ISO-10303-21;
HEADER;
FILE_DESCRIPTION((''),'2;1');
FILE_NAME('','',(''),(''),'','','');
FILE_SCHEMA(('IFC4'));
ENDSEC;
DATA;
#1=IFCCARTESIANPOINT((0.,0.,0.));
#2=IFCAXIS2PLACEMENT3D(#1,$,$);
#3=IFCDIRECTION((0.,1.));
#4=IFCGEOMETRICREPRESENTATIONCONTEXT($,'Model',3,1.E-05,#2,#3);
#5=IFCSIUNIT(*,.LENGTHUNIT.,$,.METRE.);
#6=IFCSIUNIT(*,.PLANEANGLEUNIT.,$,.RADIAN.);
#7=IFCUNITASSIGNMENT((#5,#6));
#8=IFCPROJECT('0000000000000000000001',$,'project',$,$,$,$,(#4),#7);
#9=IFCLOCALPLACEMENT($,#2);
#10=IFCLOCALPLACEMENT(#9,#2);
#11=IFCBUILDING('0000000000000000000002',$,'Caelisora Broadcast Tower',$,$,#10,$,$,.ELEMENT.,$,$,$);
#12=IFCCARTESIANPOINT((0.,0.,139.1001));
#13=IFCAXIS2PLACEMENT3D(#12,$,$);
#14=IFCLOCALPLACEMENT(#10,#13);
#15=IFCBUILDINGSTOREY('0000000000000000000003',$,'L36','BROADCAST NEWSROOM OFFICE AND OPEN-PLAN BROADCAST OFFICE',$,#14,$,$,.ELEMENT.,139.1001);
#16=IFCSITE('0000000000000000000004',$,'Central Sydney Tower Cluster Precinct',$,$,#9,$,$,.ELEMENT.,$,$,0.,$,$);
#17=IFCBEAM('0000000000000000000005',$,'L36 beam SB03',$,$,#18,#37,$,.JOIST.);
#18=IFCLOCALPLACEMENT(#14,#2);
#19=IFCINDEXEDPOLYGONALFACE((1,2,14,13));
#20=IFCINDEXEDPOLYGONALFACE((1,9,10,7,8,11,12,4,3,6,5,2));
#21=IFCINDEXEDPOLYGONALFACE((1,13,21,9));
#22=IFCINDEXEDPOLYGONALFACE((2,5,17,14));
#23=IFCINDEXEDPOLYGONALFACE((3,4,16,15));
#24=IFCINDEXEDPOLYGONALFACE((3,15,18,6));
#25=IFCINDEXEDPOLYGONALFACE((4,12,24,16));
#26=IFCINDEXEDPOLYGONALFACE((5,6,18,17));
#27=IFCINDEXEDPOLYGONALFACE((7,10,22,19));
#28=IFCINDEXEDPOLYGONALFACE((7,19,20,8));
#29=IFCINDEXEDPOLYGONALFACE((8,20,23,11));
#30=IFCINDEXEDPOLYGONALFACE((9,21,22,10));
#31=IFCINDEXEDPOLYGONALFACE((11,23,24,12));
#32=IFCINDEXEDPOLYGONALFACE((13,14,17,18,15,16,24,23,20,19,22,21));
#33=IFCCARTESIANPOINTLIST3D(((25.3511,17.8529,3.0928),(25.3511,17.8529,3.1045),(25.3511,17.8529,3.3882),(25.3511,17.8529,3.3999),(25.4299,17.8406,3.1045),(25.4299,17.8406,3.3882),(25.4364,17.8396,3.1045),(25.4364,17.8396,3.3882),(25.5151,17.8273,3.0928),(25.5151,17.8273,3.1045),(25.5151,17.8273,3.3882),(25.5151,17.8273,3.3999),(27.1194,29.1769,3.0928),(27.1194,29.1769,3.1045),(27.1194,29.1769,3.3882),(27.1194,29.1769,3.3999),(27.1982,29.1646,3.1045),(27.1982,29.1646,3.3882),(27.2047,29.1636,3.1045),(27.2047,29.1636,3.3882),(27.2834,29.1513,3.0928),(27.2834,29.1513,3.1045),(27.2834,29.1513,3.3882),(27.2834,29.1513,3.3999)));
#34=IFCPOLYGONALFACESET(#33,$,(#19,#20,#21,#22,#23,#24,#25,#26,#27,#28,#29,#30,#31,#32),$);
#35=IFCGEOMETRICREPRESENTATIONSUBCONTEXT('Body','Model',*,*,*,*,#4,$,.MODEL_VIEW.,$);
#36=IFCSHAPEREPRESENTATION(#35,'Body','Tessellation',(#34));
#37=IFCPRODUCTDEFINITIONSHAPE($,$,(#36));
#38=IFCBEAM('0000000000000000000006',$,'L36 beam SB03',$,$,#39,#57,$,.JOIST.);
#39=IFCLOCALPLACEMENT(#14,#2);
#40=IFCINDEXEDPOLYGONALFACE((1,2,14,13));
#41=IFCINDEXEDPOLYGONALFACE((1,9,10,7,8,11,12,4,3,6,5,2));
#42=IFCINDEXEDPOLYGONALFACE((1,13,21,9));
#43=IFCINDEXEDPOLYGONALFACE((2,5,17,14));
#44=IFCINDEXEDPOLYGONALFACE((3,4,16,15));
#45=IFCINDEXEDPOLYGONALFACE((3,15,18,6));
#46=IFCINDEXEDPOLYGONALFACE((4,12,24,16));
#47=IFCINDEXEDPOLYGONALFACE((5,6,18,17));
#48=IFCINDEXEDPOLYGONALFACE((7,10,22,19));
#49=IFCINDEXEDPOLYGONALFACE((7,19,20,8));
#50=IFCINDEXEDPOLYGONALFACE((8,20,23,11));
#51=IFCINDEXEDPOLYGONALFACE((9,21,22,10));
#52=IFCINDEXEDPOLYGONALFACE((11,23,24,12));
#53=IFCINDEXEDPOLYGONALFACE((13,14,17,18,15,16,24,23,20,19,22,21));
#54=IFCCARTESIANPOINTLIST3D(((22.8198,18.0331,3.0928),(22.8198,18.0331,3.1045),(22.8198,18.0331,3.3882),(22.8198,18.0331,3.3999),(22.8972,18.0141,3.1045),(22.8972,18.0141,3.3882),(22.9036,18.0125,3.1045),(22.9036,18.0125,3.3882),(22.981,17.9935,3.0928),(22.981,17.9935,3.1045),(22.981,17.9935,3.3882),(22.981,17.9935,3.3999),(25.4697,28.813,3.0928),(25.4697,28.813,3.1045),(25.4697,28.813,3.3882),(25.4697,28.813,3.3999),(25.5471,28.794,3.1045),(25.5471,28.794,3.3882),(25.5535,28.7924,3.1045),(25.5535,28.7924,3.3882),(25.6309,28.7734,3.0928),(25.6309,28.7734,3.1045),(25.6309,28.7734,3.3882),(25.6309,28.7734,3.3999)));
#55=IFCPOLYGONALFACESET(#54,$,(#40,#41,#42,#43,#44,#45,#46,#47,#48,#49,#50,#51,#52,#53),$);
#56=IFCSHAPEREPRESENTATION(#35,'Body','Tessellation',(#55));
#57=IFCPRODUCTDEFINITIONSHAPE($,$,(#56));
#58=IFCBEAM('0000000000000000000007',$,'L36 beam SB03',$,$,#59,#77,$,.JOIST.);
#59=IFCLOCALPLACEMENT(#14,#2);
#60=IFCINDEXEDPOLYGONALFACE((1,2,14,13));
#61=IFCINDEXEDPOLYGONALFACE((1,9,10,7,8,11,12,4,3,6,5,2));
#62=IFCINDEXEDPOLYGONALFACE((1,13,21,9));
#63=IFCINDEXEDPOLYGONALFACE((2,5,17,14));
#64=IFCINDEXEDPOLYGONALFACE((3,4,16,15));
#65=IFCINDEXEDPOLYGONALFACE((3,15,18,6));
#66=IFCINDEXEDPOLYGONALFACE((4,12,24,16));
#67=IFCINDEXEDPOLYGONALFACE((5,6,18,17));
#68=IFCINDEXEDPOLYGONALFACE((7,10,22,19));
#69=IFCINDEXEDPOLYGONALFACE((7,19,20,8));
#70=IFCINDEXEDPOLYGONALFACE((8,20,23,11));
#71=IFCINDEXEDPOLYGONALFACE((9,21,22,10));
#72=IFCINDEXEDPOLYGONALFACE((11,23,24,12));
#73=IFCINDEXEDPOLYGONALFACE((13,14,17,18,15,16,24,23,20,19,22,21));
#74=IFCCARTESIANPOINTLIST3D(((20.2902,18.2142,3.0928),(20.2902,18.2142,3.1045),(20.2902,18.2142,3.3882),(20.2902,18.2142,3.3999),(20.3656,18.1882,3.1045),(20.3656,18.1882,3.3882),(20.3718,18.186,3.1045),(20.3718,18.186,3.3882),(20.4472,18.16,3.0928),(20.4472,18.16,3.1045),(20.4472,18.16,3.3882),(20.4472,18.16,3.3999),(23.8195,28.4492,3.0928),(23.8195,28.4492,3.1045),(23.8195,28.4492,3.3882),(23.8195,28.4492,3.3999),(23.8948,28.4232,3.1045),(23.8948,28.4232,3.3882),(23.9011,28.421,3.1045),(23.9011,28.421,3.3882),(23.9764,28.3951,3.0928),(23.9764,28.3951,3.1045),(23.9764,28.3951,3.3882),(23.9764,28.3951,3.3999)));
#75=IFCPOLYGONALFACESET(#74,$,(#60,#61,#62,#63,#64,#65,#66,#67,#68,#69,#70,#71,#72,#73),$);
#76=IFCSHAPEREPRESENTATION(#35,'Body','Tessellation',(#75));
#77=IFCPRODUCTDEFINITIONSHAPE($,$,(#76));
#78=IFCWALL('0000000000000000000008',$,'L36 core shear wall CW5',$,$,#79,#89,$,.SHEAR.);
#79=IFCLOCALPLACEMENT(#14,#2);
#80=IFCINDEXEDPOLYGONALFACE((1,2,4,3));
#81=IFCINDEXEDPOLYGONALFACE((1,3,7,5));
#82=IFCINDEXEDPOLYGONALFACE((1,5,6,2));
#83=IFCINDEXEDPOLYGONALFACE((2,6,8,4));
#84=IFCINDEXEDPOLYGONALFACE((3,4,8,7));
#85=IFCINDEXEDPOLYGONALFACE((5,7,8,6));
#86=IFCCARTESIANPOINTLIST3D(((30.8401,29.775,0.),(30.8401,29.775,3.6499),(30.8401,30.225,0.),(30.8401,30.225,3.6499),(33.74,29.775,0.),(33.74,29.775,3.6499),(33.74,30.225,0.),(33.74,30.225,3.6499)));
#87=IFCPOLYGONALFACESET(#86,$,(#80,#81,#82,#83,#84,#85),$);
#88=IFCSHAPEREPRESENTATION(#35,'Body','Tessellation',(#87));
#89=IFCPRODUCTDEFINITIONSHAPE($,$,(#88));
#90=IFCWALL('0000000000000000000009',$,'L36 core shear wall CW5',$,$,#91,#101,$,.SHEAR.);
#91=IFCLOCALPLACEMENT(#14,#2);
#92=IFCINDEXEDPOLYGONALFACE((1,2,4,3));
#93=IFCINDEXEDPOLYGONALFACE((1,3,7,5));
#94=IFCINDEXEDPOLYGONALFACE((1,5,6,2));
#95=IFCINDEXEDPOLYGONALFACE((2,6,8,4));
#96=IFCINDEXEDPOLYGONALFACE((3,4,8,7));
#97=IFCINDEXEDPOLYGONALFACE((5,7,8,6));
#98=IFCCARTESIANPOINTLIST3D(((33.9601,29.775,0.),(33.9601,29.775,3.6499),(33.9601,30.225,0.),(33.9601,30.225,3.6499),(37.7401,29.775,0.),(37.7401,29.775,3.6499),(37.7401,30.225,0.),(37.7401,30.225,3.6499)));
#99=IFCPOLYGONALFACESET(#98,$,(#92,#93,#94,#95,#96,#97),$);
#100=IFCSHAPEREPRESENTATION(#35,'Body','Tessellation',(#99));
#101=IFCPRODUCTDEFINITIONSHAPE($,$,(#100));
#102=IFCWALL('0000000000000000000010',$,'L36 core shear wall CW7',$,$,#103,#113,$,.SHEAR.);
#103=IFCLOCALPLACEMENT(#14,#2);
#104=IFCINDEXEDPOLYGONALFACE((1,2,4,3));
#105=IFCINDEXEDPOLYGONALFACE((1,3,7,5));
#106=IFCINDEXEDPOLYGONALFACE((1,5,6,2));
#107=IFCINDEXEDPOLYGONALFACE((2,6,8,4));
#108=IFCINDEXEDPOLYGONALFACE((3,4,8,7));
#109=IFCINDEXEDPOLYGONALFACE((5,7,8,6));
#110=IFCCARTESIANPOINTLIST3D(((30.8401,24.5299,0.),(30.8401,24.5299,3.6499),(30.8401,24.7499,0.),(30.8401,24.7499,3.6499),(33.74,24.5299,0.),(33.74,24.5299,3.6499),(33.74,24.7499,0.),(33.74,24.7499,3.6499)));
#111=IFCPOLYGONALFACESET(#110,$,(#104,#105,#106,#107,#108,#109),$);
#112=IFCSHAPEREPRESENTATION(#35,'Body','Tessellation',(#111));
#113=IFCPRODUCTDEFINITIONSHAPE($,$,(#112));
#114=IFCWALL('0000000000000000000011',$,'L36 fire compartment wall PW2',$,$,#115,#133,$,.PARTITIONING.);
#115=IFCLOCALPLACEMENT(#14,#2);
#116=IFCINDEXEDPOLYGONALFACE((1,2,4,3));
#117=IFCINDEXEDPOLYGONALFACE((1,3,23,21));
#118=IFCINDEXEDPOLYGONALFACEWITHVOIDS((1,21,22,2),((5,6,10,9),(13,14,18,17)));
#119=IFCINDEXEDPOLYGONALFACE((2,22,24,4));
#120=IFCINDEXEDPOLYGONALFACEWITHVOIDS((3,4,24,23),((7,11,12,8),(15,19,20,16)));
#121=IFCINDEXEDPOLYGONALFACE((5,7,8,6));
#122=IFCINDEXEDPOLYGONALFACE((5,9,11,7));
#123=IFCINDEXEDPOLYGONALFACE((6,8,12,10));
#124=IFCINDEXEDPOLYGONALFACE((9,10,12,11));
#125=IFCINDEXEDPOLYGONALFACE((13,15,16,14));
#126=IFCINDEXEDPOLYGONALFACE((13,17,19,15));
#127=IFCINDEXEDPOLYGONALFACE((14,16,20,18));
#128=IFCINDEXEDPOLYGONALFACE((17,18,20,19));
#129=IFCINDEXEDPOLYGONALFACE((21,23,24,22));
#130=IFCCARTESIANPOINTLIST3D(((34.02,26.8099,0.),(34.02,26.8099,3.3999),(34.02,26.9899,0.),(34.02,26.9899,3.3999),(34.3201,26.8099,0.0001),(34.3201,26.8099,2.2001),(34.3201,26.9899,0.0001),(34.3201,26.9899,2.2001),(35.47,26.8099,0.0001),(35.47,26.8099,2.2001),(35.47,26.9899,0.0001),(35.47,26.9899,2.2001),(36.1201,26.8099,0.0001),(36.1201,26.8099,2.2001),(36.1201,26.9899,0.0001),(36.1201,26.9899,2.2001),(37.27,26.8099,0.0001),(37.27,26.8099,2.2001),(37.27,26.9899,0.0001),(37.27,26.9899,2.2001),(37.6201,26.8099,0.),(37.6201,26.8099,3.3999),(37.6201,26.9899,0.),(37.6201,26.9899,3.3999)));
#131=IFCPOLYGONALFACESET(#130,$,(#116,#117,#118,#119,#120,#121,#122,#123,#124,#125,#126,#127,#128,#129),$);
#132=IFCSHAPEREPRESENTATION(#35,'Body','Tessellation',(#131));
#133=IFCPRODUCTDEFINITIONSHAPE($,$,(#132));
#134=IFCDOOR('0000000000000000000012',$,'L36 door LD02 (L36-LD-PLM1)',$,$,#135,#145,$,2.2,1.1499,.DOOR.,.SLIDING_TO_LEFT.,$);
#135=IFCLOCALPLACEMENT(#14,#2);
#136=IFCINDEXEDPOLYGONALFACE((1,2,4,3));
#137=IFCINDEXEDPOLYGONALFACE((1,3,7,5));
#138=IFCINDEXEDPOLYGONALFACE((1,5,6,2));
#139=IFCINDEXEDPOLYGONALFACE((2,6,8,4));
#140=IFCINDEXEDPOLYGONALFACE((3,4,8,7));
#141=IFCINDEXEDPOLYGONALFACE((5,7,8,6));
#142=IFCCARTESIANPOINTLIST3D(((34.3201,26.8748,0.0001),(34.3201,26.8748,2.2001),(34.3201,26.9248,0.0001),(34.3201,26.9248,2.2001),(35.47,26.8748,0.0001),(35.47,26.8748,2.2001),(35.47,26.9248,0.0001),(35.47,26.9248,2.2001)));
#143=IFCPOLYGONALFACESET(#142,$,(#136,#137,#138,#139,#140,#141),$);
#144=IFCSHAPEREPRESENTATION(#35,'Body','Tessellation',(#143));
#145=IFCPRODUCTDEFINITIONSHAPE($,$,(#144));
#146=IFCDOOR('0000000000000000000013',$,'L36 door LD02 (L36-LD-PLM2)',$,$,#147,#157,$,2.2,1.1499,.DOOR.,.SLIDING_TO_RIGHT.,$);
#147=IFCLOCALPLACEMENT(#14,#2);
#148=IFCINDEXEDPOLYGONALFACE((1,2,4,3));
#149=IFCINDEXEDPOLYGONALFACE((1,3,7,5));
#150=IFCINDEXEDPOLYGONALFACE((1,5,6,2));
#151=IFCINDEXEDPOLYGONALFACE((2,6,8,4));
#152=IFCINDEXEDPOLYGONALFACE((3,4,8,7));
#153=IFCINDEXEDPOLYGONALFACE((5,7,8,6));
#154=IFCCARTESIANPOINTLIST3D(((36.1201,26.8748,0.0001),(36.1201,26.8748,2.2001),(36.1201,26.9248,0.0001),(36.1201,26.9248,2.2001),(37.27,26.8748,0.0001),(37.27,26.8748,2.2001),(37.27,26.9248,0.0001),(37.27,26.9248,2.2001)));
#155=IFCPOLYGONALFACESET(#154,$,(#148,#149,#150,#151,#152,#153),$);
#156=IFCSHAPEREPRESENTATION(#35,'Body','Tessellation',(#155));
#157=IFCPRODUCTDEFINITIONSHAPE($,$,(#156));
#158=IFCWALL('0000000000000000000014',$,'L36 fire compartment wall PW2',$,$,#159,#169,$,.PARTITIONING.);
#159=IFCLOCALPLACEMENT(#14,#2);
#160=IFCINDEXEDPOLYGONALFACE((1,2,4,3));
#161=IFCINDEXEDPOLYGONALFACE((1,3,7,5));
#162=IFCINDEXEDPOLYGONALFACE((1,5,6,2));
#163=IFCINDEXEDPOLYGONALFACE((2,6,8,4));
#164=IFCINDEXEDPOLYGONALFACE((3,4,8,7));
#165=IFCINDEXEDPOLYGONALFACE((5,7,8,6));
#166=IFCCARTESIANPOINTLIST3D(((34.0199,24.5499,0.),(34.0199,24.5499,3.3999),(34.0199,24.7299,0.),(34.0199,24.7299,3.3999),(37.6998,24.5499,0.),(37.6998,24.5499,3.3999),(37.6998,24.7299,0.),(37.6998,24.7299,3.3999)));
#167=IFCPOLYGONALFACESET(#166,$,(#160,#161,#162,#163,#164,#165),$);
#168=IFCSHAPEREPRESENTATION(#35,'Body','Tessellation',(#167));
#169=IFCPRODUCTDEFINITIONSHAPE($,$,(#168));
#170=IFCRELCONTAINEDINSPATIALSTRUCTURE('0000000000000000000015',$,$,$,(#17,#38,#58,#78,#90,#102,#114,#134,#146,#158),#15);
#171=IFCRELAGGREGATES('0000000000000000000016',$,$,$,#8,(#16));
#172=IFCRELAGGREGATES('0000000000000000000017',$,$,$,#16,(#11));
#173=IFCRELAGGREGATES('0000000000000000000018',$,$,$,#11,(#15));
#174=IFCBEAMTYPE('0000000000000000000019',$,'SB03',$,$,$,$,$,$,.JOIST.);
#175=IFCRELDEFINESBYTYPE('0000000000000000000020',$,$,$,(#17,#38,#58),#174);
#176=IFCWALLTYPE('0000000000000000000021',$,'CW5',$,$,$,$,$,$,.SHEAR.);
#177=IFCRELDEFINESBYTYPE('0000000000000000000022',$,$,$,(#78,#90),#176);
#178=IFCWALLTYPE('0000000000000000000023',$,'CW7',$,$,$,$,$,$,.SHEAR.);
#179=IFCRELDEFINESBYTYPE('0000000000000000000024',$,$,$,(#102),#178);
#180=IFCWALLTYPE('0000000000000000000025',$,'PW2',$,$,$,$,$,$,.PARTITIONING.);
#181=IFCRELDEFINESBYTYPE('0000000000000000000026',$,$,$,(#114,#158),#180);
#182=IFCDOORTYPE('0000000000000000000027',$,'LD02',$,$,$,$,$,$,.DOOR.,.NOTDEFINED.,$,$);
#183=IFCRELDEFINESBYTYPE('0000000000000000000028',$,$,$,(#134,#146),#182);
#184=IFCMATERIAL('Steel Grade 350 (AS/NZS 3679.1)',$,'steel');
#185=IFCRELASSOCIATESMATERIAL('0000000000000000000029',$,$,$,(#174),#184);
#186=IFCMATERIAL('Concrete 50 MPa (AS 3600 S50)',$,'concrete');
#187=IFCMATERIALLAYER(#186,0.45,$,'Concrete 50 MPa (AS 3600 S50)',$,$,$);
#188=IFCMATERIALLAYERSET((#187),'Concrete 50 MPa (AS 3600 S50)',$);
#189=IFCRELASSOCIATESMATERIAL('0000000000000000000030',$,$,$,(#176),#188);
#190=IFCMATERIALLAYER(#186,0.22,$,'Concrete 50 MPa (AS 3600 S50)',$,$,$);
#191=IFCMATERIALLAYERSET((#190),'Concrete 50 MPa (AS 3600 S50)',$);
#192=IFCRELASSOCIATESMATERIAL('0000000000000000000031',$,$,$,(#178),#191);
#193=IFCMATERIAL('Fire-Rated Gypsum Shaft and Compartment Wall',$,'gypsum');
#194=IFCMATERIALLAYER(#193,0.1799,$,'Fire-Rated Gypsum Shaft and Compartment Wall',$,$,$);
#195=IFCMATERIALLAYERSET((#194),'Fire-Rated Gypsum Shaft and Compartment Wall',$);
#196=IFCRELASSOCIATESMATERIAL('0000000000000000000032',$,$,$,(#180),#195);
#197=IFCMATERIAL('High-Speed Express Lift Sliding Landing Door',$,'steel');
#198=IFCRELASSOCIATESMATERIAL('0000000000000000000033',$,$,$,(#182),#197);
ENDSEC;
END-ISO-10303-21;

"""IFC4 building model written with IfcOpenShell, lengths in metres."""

from ifc_helpers import new_model, si_unit, direction, frame, frame_2d, origin, origin_2d, place, context, subcontext, project, spatial, rectangle, i_section, extrude, source, transform, mapped, material, layer, layer_set, material_profile, profile_set, type_object, element, fill, save


model = new_model("IFC4")

# Units and contexts
model_context = context("Model", 3, precision=1e-05, world=origin(), true_north=direction((0.0, 1.0)))
body_context = subcontext(model_context, "Body", "Model", "MODEL_VIEW")
ifc_project = project(units=[si_unit("LENGTHUNIT", "METRE"), si_unit("PLANEANGLEUNIT", "RADIAN")], contexts=[model_context])

# Site, building, storey
site_placement = place(None, origin())
site = spatial("IfcSite", under=ifc_project, at=site_placement, Name="Central Sydney Tower Cluster Precinct", CompositionType="ELEMENT", RefElevation=0.0)
building_placement = place(site_placement, origin())
building = spatial("IfcBuilding", under=site, at=building_placement, Name="Caelisora Broadcast Tower", CompositionType="ELEMENT")
storey_placement = place(building_placement, frame((0.0, 0.0, 139.1001)))
storey = spatial("IfcBuildingStorey", under=building, at=storey_placement, Name="L36", Description="BROADCAST NEWSROOM OFFICE AND OPEN-PLAN BROADCAST OFFICE", CompositionType="ELEMENT", Elevation=139.1001)

# Beams
ifc_material_1 = material(Name="Steel Grade 350 (AS/NZS 3679.1)", Category="steel")
ifc_material_profile_1 = material_profile(ifc_material_1, i_section(OverallWidth=0.166, OverallDepth=0.3071, WebThickness=0.0066, FlangeThickness=0.0117, at=origin_2d()), Name="Steel Grade 350 (AS/NZS 3679.1)")
ifc_profile_set_1 = profile_set([ifc_material_profile_1], Name="Steel Grade 350 (AS/NZS 3679.1)")
beam_type_1 = type_object("IfcBeamType", Name="SB03", PredefinedType="JOIST", material=ifc_profile_set_1)
shared_shape_1 = source(origin(), body_context, "Body", "SweptSolid", [
    extrude(i_section(OverallWidth=0.166, OverallDepth=0.3071, WebThickness=0.0066, FlangeThickness=0.0117, at=origin_2d()), origin(), (0.0, 0.0, 1.0), 11.4612),
])
beam_1_placement = place(storey_placement, frame((27.2014, 29.1641, 3.2463), z_axis=(-0.154287, -0.988026, 0.0), x_axis=(0.988026, -0.154287, 0.0)))
element("IfcBeam", 1, at=beam_1_placement, inside=storey, type_object=beam_type_1, Name="L36 beam SB03", PredefinedType="JOIST", context=body_context, shape_type="MappedRepresentation", body=[
    mapped(shared_shape_1, transform((0.0, 0.0, 0.0), scale=1.0)),
])
shared_shape_2 = source(origin(), body_context, "Body", "SweptSolid", [
    extrude(i_section(OverallWidth=0.166, OverallDepth=0.3071, WebThickness=0.0066, FlangeThickness=0.0117, at=origin_2d()), origin(), (0.0, 0.0, 1.0), 11.1008),
])
beam_2_placement = place(storey_placement, frame((25.5503, 28.7932, 3.2463), z_axis=(-0.238715, -0.97109, 0.0), x_axis=(0.97109, -0.238715, 0.0)))
element("IfcBeam", 2, at=beam_2_placement, inside=storey, type_object=beam_type_1, Name="L36 beam SB03", PredefinedType="JOIST", context=body_context, shape_type="MappedRepresentation", body=[
    mapped(shared_shape_2, transform((0.0, 0.0, 0.0), scale=1.0)),
])
shared_shape_3 = source(origin(), body_context, "Body", "SweptSolid", [
    extrude(i_section(OverallWidth=0.166, OverallDepth=0.3071, WebThickness=0.0066, FlangeThickness=0.0117, at=origin_2d()), origin(), (0.0, 0.0, 1.0), 10.8264),
])
beam_3_placement = place(storey_placement, frame((23.8979, 28.4221, 3.2463), z_axis=(-0.325987, -0.945374, 0.0), x_axis=(0.945374, -0.325987, 0.0)))
element("IfcBeam", 3, at=beam_3_placement, inside=storey, type_object=beam_type_1, Name="L36 beam SB03", PredefinedType="JOIST", context=body_context, shape_type="MappedRepresentation", body=[
    mapped(shared_shape_3, transform((0.0, 0.0, 0.0), scale=1.0)),
])

# Walls
ifc_material_2 = material(Name="Concrete 50 MPa (AS 3600 S50)", Category="concrete")
ifc_layer_1 = layer(ifc_material_2, 0.45, Name="Concrete 50 MPa (AS 3600 S50)")
ifc_layer_set_1 = layer_set([ifc_layer_1], Name="Concrete 50 MPa (AS 3600 S50)")
wall_type_1 = type_object("IfcWallType", Name="CW5", PredefinedType="SHEAR", material=ifc_layer_set_1)
wall_1_placement = place(storey_placement, frame((30.8401, 30.0, 0.0), z_axis=(0.0, 0.0, 1.0), x_axis=(1.0, 0.0, 0.0)))
element("IfcWall", 4, at=wall_1_placement, inside=storey, type_object=wall_type_1, Name="L36 core shear wall CW5", PredefinedType="SHEAR", context=body_context, shape_type="SweptSolid", body=[
    extrude(rectangle(XDim=2.8999, YDim=0.45, at=frame_2d((1.45, 0.0))), origin(), (0.0, 0.0, 1.0), 3.6499),
])
wall_2_placement = place(storey_placement, frame((33.96, 30.0, 0.0), z_axis=(0.0, 0.0, 1.0), x_axis=(1.0, 0.0, 0.0)))
element("IfcWall", 5, at=wall_2_placement, inside=storey, type_object=wall_type_1, Name="L36 core shear wall CW5", PredefinedType="SHEAR", context=body_context, shape_type="SweptSolid", body=[
    extrude(rectangle(XDim=3.78, YDim=0.45, at=frame_2d((1.8901, 0.0))), origin(), (0.0, 0.0, 1.0), 3.6499),
])
ifc_layer_2 = layer(ifc_material_2, 0.22, Name="Concrete 50 MPa (AS 3600 S50)")
ifc_layer_set_2 = layer_set([ifc_layer_2], Name="Concrete 50 MPa (AS 3600 S50)")
wall_type_2 = type_object("IfcWallType", Name="CW7", PredefinedType="SHEAR", material=ifc_layer_set_2)
wall_3_placement = place(storey_placement, frame((30.8401, 24.6399, 0.0), z_axis=(0.0, 0.0, 1.0), x_axis=(1.0, 0.0, 0.0)))
element("IfcWall", 6, at=wall_3_placement, inside=storey, type_object=wall_type_2, Name="L36 core shear wall CW7", PredefinedType="SHEAR", context=body_context, shape_type="SweptSolid", body=[
    extrude(rectangle(XDim=2.8999, YDim=0.22, at=frame_2d((1.45, 0.0))), origin(), (0.0, 0.0, 1.0), 3.6499),
])

# Wall, openings, doors
ifc_material_3 = material(Name="Fire-Rated Gypsum Shaft and Compartment Wall", Category="gypsum")
ifc_layer_3 = layer(ifc_material_3, 0.1799, Name="Fire-Rated Gypsum Shaft and Compartment Wall")
ifc_layer_set_3 = layer_set([ifc_layer_3], Name="Fire-Rated Gypsum Shaft and Compartment Wall")
wall_type_3 = type_object("IfcWallType", Name="PW2", PredefinedType="PARTITIONING", material=ifc_layer_set_3)
wall_4_placement = place(storey_placement, frame((34.02, 26.8999, 0.0), z_axis=(0.0, 0.0, 1.0), x_axis=(1.0, 0.0, 0.0)))
wall_4 = element("IfcWall", 7, at=wall_4_placement, inside=storey, type_object=wall_type_3, Name="L36 fire compartment wall PW2", PredefinedType="PARTITIONING", context=body_context, shape_type="SweptSolid", body=[
    extrude(rectangle(XDim=3.6001, YDim=0.1799, at=frame_2d((1.8, 0.0))), origin(), (0.0, 0.0, 1.0), 3.3999),
])
opening_1_placement = place(wall_4_placement, frame((0.3, 0.0, 0.0)))
opening_1 = element("IfcOpeningElement", 8, at=opening_1_placement, cuts=wall_4, PredefinedType="OPENING", context=body_context, shape_type="SweptSolid", body=[
    extrude(rectangle(XDim=1.1499, YDim=2.2, at=frame_2d((0.575, 1.1001))), frame((0.0, 0.1021, 0.0), z_axis=(0.0, -1.0, 0.0), x_axis=(1.0, 0.0, 0.0)), (0.0, 0.0, 1.0), 0.2039),
])
opening_2_placement = place(wall_4_placement, frame((2.1001, 0.0, 0.0)))
opening_2 = element("IfcOpeningElement", 9, at=opening_2_placement, cuts=wall_4, PredefinedType="OPENING", context=body_context, shape_type="SweptSolid", body=[
    extrude(rectangle(XDim=1.1499, YDim=2.2, at=frame_2d((0.575, 1.1001))), frame((0.0, 0.1021, 0.0), z_axis=(0.0, -1.0, 0.0), x_axis=(1.0, 0.0, 0.0)), (0.0, 0.0, 1.0), 0.2039),
])
ifc_material_4 = material(Name="High-Speed Express Lift Sliding Landing Door", Category="steel")
door_type_1 = type_object("IfcDoorType", Name="LD02", OperationType="NOTDEFINED", PredefinedType="DOOR", material=ifc_material_4)
door_1_placement = place(opening_1_placement, origin())
door_1 = element("IfcDoor", 10, at=door_1_placement, inside=storey, type_object=door_type_1, Name="L36 door LD02 (L36-LD-PLM1)", OperationType="SLIDING_TO_LEFT", OverallHeight=2.2, OverallWidth=1.1499, PredefinedType="DOOR", context=body_context, shape_type="SweptSolid", body=[
    extrude(rectangle(XDim=1.1499, YDim=2.2, at=frame_2d((0.575, 1.1001))), frame((0.0, 0.0249, 0.0), z_axis=(0.0, -1.0, 0.0), x_axis=(1.0, 0.0, 0.0)), (0.0, 0.0, 1.0), 0.05),
])
fill(opening_1, door_1)
door_2_placement = place(opening_2_placement, origin())
door_2 = element("IfcDoor", 11, at=door_2_placement, inside=storey, type_object=door_type_1, Name="L36 door LD02 (L36-LD-PLM2)", OperationType="SLIDING_TO_RIGHT", OverallHeight=2.2, OverallWidth=1.1499, PredefinedType="DOOR", context=body_context, shape_type="SweptSolid", body=[
    extrude(rectangle(XDim=1.1499, YDim=2.2, at=frame_2d((0.575, 1.1001))), frame((0.0, 0.0249, 0.0), z_axis=(0.0, -1.0, 0.0), x_axis=(1.0, 0.0, 0.0)), (0.0, 0.0, 1.0), 0.05),
])
fill(opening_2, door_2)

# Wall
wall_5_placement = place(storey_placement, frame((34.02, 24.6399, 0.0), z_axis=(0.0, 0.0, 1.0), x_axis=(1.0, 0.0, 0.0)))
element("IfcWall", 12, at=wall_5_placement, inside=storey, type_object=wall_type_3, Name="L36 fire compartment wall PW2", PredefinedType="PARTITIONING", context=body_context, shape_type="SweptSolid", body=[
    extrude(rectangle(XDim=3.6799, YDim=0.1799, at=frame_2d((1.8398, 0.0))), origin(), (0.0, 0.0, 1.0), 3.3999),
])

save(model, "model.ifc")
